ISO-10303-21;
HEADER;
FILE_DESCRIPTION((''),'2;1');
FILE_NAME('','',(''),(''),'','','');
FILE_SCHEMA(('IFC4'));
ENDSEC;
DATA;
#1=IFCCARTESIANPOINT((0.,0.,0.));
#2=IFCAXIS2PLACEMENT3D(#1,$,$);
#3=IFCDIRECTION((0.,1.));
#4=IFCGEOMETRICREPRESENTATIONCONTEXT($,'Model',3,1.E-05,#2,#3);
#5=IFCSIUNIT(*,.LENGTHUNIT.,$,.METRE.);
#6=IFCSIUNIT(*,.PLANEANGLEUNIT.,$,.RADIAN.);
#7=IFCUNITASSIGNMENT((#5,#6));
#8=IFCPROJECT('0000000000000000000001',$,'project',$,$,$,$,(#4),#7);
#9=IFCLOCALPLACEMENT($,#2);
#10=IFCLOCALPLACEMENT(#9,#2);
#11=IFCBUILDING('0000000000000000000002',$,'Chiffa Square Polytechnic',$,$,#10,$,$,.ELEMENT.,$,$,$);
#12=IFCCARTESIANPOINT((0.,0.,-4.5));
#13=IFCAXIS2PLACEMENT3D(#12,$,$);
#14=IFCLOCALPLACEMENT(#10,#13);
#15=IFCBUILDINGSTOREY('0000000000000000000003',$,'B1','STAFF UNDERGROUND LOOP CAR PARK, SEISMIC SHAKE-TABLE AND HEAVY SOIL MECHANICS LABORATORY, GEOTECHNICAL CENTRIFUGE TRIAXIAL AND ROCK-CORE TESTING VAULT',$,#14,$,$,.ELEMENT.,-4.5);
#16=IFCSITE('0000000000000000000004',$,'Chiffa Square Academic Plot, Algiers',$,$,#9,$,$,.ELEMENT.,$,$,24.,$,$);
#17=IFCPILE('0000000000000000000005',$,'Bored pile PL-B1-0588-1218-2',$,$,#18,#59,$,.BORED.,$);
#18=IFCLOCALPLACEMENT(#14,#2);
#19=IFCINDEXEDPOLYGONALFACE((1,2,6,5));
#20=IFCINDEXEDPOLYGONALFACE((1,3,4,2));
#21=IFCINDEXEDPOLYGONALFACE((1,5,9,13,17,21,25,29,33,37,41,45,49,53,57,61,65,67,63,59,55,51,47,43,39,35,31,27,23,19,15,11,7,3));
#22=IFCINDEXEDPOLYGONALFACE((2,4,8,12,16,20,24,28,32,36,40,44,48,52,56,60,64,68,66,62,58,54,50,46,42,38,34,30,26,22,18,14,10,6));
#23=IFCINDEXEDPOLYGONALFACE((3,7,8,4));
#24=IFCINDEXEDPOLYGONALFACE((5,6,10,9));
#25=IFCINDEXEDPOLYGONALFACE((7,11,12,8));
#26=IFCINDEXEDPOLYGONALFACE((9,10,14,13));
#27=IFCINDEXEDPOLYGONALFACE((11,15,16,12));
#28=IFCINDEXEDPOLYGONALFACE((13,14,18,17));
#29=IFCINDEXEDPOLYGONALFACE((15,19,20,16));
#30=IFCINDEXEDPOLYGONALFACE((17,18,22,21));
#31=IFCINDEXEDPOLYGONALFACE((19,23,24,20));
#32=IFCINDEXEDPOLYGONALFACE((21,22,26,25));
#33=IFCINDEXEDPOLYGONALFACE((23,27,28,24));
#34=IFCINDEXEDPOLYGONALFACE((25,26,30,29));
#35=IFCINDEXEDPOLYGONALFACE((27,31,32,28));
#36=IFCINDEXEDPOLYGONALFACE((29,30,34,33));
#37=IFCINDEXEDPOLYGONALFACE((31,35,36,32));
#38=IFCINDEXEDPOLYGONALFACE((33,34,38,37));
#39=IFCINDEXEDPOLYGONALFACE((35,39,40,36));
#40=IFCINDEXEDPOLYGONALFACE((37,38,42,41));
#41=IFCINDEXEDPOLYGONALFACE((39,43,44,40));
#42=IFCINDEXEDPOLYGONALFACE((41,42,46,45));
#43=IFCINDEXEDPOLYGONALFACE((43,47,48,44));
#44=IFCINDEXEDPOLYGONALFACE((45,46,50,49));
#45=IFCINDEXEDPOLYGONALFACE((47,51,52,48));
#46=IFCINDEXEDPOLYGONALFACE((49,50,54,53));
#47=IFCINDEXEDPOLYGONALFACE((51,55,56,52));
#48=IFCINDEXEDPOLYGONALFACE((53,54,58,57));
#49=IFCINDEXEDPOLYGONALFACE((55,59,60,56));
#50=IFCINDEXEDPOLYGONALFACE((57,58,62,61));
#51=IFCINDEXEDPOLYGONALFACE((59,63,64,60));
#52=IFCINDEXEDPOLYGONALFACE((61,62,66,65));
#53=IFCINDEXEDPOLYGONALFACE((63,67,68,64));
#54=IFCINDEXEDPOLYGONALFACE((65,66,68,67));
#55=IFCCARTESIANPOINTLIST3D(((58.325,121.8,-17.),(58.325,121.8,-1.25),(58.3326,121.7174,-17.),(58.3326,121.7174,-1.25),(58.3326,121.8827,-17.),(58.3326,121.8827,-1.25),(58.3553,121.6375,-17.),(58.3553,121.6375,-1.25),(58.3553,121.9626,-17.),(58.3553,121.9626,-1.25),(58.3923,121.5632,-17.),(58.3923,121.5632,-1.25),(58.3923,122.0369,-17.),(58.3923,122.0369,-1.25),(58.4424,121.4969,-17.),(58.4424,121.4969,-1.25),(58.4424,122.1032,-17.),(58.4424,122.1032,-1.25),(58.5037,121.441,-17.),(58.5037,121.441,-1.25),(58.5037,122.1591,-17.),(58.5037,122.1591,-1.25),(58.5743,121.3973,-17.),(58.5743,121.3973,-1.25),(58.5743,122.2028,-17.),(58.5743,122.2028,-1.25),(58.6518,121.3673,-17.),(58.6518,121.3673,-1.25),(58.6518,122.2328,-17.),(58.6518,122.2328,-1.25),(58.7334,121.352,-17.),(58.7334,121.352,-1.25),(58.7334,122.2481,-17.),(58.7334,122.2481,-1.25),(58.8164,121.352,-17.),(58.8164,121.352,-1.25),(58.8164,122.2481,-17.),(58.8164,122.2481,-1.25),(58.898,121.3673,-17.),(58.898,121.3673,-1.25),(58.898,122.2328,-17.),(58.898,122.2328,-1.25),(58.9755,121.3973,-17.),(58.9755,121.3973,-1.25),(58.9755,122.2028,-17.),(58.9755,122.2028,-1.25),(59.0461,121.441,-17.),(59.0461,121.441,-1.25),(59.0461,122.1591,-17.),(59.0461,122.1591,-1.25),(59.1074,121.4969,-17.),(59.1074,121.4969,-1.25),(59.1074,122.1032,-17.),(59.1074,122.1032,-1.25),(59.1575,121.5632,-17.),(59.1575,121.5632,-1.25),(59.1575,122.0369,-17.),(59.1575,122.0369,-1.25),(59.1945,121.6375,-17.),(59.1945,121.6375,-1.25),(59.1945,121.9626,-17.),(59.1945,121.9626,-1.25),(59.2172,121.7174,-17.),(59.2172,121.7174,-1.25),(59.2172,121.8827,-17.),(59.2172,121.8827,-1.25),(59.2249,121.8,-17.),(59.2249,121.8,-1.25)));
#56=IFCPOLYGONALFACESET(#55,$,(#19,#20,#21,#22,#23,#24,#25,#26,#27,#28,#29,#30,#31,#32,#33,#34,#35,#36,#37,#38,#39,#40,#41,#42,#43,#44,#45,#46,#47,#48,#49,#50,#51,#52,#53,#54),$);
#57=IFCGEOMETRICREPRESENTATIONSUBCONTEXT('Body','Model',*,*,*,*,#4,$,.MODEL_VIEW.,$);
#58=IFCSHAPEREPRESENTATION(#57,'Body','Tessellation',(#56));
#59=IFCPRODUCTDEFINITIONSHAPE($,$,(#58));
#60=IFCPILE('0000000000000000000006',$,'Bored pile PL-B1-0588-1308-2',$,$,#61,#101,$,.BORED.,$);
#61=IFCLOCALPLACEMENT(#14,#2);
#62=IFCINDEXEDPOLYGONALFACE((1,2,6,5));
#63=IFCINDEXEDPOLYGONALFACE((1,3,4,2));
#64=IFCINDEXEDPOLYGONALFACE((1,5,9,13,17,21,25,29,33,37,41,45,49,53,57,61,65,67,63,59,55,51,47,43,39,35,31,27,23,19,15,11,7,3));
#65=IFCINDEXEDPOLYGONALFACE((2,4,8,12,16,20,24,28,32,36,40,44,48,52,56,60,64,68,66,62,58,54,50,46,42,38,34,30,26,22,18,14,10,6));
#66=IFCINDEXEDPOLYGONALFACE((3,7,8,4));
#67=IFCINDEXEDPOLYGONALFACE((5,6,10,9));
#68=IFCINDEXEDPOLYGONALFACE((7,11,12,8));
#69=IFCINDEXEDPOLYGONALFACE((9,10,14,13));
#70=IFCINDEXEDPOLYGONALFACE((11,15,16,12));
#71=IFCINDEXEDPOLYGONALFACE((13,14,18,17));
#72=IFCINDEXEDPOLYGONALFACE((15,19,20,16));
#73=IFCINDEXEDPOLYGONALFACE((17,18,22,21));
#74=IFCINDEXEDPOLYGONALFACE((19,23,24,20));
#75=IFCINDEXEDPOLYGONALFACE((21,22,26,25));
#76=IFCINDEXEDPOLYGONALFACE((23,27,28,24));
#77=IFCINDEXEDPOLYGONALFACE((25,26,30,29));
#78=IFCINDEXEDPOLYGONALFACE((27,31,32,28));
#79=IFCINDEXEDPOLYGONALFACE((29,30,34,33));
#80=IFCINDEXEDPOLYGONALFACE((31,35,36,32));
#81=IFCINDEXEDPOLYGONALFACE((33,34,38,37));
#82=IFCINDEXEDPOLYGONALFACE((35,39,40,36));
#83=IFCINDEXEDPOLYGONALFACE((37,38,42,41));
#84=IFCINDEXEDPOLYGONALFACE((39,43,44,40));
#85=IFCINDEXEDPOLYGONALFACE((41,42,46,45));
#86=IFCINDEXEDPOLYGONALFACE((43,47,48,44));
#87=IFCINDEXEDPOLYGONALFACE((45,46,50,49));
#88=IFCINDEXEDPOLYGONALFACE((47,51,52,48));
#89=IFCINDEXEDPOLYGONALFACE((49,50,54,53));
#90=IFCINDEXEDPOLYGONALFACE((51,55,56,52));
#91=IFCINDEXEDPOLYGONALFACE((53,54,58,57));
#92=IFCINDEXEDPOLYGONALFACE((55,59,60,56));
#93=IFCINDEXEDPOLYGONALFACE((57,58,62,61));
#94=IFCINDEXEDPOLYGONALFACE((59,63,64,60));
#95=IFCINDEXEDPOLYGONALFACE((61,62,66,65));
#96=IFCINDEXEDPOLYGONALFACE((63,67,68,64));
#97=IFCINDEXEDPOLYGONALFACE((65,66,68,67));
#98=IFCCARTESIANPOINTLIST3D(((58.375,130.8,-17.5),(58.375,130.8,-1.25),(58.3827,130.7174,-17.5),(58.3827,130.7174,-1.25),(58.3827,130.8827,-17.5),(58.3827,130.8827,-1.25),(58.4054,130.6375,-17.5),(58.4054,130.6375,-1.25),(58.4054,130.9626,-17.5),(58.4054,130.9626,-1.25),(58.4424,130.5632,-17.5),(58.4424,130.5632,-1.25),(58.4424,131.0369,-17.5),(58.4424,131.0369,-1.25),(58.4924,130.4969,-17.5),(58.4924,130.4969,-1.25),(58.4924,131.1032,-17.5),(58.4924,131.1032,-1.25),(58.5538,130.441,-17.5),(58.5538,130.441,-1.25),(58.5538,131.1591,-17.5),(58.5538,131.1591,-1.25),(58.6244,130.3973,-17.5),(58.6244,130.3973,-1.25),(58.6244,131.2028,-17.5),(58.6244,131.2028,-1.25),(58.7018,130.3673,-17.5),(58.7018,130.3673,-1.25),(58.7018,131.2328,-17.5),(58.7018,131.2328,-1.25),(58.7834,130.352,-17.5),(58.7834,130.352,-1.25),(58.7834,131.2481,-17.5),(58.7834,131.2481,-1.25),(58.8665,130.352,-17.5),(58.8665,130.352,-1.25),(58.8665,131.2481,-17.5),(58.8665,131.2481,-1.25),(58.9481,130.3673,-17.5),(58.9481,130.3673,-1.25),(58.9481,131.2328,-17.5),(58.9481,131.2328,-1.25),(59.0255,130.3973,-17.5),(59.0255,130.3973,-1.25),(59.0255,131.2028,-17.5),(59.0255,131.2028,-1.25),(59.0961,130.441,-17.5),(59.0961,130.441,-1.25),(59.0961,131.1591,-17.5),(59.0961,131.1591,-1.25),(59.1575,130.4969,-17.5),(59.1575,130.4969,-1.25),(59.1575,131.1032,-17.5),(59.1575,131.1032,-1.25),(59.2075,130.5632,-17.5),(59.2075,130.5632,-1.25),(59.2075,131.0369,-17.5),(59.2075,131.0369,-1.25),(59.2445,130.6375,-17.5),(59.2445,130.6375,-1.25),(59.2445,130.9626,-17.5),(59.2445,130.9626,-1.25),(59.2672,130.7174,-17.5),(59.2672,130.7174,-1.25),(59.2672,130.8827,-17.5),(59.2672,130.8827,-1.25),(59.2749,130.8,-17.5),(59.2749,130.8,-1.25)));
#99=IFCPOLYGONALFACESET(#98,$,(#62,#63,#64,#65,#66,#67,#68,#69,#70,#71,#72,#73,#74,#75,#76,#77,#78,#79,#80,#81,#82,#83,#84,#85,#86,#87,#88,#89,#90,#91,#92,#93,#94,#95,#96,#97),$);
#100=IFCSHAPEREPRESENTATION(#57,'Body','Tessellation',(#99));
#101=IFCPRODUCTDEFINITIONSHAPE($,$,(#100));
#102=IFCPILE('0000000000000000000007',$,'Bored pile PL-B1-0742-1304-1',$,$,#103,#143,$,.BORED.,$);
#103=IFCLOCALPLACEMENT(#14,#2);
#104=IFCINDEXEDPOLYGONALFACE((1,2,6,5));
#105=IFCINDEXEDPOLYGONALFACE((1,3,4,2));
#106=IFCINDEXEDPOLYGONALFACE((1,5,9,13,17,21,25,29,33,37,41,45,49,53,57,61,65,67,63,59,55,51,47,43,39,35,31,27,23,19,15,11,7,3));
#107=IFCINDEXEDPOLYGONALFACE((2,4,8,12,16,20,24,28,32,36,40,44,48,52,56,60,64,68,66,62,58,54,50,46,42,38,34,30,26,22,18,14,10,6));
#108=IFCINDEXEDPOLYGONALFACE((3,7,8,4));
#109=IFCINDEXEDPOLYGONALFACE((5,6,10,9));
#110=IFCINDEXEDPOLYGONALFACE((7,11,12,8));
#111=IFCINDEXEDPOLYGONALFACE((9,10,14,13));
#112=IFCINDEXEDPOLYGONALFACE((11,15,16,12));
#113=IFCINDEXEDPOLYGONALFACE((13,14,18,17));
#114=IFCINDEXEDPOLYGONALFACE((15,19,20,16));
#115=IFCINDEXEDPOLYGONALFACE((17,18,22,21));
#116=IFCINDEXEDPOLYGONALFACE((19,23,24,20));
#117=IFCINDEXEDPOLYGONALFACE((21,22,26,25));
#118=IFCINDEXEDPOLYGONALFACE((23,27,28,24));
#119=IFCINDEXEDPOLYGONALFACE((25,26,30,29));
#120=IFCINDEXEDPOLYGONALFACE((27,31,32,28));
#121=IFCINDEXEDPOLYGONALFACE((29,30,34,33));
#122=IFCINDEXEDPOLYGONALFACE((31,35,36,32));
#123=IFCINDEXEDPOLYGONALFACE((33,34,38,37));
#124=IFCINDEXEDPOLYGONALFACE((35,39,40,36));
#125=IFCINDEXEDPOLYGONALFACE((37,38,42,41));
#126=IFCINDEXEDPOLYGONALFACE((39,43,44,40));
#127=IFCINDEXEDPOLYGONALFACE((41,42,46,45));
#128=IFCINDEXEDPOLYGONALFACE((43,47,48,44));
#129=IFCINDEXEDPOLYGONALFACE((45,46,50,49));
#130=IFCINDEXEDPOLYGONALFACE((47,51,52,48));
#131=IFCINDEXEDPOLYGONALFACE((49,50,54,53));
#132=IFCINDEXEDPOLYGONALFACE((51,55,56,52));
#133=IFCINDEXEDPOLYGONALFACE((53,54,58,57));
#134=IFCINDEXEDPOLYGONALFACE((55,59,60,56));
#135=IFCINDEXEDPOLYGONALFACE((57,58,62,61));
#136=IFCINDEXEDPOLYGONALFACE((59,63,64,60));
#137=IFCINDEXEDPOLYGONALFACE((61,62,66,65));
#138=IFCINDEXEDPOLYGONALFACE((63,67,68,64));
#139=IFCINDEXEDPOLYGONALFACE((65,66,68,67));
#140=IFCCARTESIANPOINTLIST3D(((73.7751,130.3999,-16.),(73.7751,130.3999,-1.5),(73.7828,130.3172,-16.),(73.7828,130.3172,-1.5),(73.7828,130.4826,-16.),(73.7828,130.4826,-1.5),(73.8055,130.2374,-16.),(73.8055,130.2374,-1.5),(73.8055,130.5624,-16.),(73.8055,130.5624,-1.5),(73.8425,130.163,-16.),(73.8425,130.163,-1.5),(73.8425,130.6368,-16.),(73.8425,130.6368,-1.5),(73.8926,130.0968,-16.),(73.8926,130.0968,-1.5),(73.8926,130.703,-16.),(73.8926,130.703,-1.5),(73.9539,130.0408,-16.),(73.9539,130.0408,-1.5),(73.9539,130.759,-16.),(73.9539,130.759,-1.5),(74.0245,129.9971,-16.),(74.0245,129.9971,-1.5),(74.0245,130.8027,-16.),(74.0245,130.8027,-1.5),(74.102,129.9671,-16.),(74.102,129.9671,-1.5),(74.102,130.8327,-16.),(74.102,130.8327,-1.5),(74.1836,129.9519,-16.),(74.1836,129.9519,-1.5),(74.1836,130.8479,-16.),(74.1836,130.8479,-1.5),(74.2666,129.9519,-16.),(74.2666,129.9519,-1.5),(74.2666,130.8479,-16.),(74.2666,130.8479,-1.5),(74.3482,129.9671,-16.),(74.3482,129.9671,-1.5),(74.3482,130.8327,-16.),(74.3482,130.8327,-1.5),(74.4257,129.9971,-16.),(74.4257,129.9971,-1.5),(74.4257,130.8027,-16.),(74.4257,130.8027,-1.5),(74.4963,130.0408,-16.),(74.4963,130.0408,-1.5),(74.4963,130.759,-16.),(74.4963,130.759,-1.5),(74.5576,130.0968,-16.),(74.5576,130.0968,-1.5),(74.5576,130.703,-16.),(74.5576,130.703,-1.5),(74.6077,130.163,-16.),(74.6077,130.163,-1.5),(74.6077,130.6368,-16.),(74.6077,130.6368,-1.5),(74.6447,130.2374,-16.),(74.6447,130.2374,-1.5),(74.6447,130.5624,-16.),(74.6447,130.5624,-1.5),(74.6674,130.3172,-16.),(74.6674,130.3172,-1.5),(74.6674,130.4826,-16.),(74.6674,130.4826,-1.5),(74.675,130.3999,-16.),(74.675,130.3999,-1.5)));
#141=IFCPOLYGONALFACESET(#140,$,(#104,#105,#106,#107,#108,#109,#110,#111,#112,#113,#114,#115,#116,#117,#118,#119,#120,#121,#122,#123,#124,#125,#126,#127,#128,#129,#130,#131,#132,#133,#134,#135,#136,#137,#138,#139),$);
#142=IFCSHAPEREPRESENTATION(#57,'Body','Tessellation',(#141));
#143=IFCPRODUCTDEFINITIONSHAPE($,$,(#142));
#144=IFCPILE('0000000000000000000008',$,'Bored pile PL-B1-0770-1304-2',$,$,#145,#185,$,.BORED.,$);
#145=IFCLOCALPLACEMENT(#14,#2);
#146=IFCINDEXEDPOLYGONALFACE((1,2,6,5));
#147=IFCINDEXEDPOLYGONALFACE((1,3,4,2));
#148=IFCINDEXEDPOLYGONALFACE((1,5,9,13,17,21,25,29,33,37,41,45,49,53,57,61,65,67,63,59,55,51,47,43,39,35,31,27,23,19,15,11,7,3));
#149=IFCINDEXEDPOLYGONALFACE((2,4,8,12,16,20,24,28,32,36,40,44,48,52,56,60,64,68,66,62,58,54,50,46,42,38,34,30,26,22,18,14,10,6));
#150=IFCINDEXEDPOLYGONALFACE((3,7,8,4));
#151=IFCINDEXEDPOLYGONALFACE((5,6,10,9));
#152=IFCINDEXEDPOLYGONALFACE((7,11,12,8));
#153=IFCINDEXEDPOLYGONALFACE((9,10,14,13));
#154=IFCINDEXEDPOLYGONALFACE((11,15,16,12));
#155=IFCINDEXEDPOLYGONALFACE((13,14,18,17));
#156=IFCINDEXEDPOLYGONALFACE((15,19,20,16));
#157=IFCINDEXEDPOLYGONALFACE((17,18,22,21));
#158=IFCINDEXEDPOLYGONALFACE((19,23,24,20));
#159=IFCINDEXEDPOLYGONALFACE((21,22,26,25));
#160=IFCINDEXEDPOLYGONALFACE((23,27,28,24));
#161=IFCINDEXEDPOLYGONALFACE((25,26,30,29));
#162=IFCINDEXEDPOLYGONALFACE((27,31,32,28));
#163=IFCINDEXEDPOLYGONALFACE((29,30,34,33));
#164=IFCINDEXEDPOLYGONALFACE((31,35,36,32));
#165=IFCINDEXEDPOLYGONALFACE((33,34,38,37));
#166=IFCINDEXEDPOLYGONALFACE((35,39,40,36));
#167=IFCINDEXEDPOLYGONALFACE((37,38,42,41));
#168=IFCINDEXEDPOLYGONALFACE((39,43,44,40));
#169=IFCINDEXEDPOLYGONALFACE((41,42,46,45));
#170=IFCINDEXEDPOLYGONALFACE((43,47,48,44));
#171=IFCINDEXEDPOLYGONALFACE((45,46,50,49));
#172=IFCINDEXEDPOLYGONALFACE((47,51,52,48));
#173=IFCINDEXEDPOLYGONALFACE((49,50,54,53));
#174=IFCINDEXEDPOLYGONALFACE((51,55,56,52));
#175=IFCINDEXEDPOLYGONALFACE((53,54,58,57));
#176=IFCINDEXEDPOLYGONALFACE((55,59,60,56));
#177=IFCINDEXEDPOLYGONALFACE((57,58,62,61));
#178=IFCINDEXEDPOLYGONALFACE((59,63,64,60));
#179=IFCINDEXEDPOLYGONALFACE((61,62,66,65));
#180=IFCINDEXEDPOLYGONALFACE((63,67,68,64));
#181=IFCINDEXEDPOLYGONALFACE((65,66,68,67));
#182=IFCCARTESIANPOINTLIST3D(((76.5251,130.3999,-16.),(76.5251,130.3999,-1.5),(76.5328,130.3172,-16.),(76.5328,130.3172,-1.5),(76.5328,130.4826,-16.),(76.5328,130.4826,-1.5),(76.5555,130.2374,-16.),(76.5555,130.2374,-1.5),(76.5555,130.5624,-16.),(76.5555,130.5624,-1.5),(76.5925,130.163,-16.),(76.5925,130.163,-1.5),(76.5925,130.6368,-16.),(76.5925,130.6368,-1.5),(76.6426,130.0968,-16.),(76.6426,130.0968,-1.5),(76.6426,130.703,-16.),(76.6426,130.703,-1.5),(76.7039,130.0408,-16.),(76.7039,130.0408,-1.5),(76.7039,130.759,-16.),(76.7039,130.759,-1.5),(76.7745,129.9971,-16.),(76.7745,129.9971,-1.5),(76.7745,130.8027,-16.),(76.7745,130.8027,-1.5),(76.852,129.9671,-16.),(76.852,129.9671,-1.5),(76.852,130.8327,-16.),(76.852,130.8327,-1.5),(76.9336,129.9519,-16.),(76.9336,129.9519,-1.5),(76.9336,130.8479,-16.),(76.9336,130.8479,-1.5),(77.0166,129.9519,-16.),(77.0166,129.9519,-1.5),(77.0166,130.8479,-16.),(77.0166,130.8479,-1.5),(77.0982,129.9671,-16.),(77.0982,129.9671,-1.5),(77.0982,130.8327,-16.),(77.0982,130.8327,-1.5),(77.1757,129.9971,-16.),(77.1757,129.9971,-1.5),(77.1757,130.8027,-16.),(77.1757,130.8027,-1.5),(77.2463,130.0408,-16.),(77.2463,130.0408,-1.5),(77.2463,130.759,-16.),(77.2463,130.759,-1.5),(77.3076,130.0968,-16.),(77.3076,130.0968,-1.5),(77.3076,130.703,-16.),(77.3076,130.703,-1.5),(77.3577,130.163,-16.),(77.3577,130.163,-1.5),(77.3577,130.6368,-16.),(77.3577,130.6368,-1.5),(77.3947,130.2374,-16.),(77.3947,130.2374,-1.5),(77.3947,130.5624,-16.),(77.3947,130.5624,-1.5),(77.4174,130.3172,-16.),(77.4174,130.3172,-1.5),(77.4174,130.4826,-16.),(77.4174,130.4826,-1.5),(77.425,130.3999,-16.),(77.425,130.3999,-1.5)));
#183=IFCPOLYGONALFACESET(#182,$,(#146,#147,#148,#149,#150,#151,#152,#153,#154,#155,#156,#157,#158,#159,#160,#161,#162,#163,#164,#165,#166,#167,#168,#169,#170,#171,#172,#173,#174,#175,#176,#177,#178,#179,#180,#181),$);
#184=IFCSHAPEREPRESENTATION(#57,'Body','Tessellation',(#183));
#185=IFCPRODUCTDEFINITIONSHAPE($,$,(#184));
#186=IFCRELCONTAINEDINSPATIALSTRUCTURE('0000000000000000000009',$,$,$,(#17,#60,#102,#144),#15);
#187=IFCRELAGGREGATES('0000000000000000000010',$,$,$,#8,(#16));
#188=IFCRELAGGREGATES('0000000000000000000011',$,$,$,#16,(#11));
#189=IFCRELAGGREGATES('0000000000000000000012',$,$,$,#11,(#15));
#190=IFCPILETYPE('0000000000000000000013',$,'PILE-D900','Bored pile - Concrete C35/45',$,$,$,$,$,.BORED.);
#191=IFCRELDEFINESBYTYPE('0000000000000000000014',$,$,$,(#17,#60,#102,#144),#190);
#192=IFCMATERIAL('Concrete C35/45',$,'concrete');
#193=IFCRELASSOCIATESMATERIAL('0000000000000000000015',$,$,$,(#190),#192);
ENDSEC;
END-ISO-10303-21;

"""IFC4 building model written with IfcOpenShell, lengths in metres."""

from ifc_helpers import new_model, si_unit, direction, frame, origin, origin_2d, place, context, subcontext, project, spatial, circle, extrude, material, material_profile, profile_set, type_object, element, save


model = new_model("IFC4")

# Units and contexts
model_context = context("Model", 3, precision=1e-05, world=origin(), true_north=direction((0.0, 1.0)))
body_context = subcontext(model_context, "Body", "Model", "MODEL_VIEW")
ifc_project = project(units=[si_unit("LENGTHUNIT", "METRE"), si_unit("PLANEANGLEUNIT", "RADIAN")], contexts=[model_context])

# Site, building, storey
site_placement = place(None, origin())
site = spatial("IfcSite", under=ifc_project, at=site_placement, Name="Chiffa Square Academic Plot, Algiers", CompositionType="ELEMENT", RefElevation=24.0)
building_placement = place(site_placement, origin())
building = spatial("IfcBuilding", under=site, at=building_placement, Name="Chiffa Square Polytechnic", CompositionType="ELEMENT")
storey_placement = place(building_placement, frame((0.0, 0.0, -4.5)))
storey = spatial("IfcBuildingStorey", under=building, at=storey_placement, Name="B1", Description="STAFF UNDERGROUND LOOP CAR PARK, SEISMIC SHAKE-TABLE AND HEAVY SOIL MECHANICS LABORATORY, GEOTECHNICAL CENTRIFUGE TRIAXIAL AND ROCK-CORE TESTING VAULT", CompositionType="ELEMENT", Elevation=-4.5)

# Shared definitions
ifc_material_1 = material(Name="Concrete C35/45", Category="concrete")

# Piles
ifc_material_profile_1 = material_profile(ifc_material_1, circle(Radius=0.45, at=origin_2d()), Name="PILE D900")
ifc_profile_set_1 = profile_set([ifc_material_profile_1], Name="Concrete C35/45")
pile_type_1 = type_object("IfcPileType", Name="PILE-D900", Description="Bored pile - Concrete C35/45", PredefinedType="BORED", material=ifc_profile_set_1)
pile_1_placement = place(storey_placement, frame((58.7749, 121.8, -1.25), z_axis=(0.0, 0.0, -1.0), x_axis=(1.0, 0.0, 0.0)))
element("IfcPile", 1, at=pile_1_placement, inside=storey, type_object=pile_type_1, Name="Bored pile PL-B1-0588-1218-2", PredefinedType="BORED", context=body_context, shape_type="SweptSolid", body=[
    extrude(circle(Radius=0.45, at=origin_2d()), origin(), (0.0, 0.0, 1.0), 15.75),
])
pile_2_placement = place(storey_placement, frame((58.825, 130.8, -1.25), z_axis=(0.0, 0.0, -1.0), x_axis=(1.0, 0.0, 0.0)))
element("IfcPile", 2, at=pile_2_placement, inside=storey, type_object=pile_type_1, Name="Bored pile PL-B1-0588-1308-2", PredefinedType="BORED", context=body_context, shape_type="SweptSolid", body=[
    extrude(circle(Radius=0.45, at=origin_2d()), origin(), (0.0, 0.0, 1.0), 16.25),
])
for number, where, z_axis, x_axis, name in (
    (3, (74.2251, 130.3999, -1.5), (0.0, 0.0, -1.0), (1.0, 0.0, 0.0), "Bored pile PL-B1-0742-1304-1"),
    (4, (76.9751, 130.3999, -1.5), (0.0, 0.0, -1.0), (1.0, 0.0, 0.0), "Bored pile PL-B1-0770-1304-2"),
):
    element("IfcPile", number, at=place(storey_placement, frame(where, z_axis=z_axis, x_axis=x_axis)), inside=storey, type_object=pile_type_1, Name=name, PredefinedType="BORED", context=body_context, shape_type="SweptSolid", body=[
        extrude(circle(Radius=0.45, at=origin_2d()), origin(), (0.0, 0.0, 1.0), 14.5),
    ])

save(model, "model.ifc")
